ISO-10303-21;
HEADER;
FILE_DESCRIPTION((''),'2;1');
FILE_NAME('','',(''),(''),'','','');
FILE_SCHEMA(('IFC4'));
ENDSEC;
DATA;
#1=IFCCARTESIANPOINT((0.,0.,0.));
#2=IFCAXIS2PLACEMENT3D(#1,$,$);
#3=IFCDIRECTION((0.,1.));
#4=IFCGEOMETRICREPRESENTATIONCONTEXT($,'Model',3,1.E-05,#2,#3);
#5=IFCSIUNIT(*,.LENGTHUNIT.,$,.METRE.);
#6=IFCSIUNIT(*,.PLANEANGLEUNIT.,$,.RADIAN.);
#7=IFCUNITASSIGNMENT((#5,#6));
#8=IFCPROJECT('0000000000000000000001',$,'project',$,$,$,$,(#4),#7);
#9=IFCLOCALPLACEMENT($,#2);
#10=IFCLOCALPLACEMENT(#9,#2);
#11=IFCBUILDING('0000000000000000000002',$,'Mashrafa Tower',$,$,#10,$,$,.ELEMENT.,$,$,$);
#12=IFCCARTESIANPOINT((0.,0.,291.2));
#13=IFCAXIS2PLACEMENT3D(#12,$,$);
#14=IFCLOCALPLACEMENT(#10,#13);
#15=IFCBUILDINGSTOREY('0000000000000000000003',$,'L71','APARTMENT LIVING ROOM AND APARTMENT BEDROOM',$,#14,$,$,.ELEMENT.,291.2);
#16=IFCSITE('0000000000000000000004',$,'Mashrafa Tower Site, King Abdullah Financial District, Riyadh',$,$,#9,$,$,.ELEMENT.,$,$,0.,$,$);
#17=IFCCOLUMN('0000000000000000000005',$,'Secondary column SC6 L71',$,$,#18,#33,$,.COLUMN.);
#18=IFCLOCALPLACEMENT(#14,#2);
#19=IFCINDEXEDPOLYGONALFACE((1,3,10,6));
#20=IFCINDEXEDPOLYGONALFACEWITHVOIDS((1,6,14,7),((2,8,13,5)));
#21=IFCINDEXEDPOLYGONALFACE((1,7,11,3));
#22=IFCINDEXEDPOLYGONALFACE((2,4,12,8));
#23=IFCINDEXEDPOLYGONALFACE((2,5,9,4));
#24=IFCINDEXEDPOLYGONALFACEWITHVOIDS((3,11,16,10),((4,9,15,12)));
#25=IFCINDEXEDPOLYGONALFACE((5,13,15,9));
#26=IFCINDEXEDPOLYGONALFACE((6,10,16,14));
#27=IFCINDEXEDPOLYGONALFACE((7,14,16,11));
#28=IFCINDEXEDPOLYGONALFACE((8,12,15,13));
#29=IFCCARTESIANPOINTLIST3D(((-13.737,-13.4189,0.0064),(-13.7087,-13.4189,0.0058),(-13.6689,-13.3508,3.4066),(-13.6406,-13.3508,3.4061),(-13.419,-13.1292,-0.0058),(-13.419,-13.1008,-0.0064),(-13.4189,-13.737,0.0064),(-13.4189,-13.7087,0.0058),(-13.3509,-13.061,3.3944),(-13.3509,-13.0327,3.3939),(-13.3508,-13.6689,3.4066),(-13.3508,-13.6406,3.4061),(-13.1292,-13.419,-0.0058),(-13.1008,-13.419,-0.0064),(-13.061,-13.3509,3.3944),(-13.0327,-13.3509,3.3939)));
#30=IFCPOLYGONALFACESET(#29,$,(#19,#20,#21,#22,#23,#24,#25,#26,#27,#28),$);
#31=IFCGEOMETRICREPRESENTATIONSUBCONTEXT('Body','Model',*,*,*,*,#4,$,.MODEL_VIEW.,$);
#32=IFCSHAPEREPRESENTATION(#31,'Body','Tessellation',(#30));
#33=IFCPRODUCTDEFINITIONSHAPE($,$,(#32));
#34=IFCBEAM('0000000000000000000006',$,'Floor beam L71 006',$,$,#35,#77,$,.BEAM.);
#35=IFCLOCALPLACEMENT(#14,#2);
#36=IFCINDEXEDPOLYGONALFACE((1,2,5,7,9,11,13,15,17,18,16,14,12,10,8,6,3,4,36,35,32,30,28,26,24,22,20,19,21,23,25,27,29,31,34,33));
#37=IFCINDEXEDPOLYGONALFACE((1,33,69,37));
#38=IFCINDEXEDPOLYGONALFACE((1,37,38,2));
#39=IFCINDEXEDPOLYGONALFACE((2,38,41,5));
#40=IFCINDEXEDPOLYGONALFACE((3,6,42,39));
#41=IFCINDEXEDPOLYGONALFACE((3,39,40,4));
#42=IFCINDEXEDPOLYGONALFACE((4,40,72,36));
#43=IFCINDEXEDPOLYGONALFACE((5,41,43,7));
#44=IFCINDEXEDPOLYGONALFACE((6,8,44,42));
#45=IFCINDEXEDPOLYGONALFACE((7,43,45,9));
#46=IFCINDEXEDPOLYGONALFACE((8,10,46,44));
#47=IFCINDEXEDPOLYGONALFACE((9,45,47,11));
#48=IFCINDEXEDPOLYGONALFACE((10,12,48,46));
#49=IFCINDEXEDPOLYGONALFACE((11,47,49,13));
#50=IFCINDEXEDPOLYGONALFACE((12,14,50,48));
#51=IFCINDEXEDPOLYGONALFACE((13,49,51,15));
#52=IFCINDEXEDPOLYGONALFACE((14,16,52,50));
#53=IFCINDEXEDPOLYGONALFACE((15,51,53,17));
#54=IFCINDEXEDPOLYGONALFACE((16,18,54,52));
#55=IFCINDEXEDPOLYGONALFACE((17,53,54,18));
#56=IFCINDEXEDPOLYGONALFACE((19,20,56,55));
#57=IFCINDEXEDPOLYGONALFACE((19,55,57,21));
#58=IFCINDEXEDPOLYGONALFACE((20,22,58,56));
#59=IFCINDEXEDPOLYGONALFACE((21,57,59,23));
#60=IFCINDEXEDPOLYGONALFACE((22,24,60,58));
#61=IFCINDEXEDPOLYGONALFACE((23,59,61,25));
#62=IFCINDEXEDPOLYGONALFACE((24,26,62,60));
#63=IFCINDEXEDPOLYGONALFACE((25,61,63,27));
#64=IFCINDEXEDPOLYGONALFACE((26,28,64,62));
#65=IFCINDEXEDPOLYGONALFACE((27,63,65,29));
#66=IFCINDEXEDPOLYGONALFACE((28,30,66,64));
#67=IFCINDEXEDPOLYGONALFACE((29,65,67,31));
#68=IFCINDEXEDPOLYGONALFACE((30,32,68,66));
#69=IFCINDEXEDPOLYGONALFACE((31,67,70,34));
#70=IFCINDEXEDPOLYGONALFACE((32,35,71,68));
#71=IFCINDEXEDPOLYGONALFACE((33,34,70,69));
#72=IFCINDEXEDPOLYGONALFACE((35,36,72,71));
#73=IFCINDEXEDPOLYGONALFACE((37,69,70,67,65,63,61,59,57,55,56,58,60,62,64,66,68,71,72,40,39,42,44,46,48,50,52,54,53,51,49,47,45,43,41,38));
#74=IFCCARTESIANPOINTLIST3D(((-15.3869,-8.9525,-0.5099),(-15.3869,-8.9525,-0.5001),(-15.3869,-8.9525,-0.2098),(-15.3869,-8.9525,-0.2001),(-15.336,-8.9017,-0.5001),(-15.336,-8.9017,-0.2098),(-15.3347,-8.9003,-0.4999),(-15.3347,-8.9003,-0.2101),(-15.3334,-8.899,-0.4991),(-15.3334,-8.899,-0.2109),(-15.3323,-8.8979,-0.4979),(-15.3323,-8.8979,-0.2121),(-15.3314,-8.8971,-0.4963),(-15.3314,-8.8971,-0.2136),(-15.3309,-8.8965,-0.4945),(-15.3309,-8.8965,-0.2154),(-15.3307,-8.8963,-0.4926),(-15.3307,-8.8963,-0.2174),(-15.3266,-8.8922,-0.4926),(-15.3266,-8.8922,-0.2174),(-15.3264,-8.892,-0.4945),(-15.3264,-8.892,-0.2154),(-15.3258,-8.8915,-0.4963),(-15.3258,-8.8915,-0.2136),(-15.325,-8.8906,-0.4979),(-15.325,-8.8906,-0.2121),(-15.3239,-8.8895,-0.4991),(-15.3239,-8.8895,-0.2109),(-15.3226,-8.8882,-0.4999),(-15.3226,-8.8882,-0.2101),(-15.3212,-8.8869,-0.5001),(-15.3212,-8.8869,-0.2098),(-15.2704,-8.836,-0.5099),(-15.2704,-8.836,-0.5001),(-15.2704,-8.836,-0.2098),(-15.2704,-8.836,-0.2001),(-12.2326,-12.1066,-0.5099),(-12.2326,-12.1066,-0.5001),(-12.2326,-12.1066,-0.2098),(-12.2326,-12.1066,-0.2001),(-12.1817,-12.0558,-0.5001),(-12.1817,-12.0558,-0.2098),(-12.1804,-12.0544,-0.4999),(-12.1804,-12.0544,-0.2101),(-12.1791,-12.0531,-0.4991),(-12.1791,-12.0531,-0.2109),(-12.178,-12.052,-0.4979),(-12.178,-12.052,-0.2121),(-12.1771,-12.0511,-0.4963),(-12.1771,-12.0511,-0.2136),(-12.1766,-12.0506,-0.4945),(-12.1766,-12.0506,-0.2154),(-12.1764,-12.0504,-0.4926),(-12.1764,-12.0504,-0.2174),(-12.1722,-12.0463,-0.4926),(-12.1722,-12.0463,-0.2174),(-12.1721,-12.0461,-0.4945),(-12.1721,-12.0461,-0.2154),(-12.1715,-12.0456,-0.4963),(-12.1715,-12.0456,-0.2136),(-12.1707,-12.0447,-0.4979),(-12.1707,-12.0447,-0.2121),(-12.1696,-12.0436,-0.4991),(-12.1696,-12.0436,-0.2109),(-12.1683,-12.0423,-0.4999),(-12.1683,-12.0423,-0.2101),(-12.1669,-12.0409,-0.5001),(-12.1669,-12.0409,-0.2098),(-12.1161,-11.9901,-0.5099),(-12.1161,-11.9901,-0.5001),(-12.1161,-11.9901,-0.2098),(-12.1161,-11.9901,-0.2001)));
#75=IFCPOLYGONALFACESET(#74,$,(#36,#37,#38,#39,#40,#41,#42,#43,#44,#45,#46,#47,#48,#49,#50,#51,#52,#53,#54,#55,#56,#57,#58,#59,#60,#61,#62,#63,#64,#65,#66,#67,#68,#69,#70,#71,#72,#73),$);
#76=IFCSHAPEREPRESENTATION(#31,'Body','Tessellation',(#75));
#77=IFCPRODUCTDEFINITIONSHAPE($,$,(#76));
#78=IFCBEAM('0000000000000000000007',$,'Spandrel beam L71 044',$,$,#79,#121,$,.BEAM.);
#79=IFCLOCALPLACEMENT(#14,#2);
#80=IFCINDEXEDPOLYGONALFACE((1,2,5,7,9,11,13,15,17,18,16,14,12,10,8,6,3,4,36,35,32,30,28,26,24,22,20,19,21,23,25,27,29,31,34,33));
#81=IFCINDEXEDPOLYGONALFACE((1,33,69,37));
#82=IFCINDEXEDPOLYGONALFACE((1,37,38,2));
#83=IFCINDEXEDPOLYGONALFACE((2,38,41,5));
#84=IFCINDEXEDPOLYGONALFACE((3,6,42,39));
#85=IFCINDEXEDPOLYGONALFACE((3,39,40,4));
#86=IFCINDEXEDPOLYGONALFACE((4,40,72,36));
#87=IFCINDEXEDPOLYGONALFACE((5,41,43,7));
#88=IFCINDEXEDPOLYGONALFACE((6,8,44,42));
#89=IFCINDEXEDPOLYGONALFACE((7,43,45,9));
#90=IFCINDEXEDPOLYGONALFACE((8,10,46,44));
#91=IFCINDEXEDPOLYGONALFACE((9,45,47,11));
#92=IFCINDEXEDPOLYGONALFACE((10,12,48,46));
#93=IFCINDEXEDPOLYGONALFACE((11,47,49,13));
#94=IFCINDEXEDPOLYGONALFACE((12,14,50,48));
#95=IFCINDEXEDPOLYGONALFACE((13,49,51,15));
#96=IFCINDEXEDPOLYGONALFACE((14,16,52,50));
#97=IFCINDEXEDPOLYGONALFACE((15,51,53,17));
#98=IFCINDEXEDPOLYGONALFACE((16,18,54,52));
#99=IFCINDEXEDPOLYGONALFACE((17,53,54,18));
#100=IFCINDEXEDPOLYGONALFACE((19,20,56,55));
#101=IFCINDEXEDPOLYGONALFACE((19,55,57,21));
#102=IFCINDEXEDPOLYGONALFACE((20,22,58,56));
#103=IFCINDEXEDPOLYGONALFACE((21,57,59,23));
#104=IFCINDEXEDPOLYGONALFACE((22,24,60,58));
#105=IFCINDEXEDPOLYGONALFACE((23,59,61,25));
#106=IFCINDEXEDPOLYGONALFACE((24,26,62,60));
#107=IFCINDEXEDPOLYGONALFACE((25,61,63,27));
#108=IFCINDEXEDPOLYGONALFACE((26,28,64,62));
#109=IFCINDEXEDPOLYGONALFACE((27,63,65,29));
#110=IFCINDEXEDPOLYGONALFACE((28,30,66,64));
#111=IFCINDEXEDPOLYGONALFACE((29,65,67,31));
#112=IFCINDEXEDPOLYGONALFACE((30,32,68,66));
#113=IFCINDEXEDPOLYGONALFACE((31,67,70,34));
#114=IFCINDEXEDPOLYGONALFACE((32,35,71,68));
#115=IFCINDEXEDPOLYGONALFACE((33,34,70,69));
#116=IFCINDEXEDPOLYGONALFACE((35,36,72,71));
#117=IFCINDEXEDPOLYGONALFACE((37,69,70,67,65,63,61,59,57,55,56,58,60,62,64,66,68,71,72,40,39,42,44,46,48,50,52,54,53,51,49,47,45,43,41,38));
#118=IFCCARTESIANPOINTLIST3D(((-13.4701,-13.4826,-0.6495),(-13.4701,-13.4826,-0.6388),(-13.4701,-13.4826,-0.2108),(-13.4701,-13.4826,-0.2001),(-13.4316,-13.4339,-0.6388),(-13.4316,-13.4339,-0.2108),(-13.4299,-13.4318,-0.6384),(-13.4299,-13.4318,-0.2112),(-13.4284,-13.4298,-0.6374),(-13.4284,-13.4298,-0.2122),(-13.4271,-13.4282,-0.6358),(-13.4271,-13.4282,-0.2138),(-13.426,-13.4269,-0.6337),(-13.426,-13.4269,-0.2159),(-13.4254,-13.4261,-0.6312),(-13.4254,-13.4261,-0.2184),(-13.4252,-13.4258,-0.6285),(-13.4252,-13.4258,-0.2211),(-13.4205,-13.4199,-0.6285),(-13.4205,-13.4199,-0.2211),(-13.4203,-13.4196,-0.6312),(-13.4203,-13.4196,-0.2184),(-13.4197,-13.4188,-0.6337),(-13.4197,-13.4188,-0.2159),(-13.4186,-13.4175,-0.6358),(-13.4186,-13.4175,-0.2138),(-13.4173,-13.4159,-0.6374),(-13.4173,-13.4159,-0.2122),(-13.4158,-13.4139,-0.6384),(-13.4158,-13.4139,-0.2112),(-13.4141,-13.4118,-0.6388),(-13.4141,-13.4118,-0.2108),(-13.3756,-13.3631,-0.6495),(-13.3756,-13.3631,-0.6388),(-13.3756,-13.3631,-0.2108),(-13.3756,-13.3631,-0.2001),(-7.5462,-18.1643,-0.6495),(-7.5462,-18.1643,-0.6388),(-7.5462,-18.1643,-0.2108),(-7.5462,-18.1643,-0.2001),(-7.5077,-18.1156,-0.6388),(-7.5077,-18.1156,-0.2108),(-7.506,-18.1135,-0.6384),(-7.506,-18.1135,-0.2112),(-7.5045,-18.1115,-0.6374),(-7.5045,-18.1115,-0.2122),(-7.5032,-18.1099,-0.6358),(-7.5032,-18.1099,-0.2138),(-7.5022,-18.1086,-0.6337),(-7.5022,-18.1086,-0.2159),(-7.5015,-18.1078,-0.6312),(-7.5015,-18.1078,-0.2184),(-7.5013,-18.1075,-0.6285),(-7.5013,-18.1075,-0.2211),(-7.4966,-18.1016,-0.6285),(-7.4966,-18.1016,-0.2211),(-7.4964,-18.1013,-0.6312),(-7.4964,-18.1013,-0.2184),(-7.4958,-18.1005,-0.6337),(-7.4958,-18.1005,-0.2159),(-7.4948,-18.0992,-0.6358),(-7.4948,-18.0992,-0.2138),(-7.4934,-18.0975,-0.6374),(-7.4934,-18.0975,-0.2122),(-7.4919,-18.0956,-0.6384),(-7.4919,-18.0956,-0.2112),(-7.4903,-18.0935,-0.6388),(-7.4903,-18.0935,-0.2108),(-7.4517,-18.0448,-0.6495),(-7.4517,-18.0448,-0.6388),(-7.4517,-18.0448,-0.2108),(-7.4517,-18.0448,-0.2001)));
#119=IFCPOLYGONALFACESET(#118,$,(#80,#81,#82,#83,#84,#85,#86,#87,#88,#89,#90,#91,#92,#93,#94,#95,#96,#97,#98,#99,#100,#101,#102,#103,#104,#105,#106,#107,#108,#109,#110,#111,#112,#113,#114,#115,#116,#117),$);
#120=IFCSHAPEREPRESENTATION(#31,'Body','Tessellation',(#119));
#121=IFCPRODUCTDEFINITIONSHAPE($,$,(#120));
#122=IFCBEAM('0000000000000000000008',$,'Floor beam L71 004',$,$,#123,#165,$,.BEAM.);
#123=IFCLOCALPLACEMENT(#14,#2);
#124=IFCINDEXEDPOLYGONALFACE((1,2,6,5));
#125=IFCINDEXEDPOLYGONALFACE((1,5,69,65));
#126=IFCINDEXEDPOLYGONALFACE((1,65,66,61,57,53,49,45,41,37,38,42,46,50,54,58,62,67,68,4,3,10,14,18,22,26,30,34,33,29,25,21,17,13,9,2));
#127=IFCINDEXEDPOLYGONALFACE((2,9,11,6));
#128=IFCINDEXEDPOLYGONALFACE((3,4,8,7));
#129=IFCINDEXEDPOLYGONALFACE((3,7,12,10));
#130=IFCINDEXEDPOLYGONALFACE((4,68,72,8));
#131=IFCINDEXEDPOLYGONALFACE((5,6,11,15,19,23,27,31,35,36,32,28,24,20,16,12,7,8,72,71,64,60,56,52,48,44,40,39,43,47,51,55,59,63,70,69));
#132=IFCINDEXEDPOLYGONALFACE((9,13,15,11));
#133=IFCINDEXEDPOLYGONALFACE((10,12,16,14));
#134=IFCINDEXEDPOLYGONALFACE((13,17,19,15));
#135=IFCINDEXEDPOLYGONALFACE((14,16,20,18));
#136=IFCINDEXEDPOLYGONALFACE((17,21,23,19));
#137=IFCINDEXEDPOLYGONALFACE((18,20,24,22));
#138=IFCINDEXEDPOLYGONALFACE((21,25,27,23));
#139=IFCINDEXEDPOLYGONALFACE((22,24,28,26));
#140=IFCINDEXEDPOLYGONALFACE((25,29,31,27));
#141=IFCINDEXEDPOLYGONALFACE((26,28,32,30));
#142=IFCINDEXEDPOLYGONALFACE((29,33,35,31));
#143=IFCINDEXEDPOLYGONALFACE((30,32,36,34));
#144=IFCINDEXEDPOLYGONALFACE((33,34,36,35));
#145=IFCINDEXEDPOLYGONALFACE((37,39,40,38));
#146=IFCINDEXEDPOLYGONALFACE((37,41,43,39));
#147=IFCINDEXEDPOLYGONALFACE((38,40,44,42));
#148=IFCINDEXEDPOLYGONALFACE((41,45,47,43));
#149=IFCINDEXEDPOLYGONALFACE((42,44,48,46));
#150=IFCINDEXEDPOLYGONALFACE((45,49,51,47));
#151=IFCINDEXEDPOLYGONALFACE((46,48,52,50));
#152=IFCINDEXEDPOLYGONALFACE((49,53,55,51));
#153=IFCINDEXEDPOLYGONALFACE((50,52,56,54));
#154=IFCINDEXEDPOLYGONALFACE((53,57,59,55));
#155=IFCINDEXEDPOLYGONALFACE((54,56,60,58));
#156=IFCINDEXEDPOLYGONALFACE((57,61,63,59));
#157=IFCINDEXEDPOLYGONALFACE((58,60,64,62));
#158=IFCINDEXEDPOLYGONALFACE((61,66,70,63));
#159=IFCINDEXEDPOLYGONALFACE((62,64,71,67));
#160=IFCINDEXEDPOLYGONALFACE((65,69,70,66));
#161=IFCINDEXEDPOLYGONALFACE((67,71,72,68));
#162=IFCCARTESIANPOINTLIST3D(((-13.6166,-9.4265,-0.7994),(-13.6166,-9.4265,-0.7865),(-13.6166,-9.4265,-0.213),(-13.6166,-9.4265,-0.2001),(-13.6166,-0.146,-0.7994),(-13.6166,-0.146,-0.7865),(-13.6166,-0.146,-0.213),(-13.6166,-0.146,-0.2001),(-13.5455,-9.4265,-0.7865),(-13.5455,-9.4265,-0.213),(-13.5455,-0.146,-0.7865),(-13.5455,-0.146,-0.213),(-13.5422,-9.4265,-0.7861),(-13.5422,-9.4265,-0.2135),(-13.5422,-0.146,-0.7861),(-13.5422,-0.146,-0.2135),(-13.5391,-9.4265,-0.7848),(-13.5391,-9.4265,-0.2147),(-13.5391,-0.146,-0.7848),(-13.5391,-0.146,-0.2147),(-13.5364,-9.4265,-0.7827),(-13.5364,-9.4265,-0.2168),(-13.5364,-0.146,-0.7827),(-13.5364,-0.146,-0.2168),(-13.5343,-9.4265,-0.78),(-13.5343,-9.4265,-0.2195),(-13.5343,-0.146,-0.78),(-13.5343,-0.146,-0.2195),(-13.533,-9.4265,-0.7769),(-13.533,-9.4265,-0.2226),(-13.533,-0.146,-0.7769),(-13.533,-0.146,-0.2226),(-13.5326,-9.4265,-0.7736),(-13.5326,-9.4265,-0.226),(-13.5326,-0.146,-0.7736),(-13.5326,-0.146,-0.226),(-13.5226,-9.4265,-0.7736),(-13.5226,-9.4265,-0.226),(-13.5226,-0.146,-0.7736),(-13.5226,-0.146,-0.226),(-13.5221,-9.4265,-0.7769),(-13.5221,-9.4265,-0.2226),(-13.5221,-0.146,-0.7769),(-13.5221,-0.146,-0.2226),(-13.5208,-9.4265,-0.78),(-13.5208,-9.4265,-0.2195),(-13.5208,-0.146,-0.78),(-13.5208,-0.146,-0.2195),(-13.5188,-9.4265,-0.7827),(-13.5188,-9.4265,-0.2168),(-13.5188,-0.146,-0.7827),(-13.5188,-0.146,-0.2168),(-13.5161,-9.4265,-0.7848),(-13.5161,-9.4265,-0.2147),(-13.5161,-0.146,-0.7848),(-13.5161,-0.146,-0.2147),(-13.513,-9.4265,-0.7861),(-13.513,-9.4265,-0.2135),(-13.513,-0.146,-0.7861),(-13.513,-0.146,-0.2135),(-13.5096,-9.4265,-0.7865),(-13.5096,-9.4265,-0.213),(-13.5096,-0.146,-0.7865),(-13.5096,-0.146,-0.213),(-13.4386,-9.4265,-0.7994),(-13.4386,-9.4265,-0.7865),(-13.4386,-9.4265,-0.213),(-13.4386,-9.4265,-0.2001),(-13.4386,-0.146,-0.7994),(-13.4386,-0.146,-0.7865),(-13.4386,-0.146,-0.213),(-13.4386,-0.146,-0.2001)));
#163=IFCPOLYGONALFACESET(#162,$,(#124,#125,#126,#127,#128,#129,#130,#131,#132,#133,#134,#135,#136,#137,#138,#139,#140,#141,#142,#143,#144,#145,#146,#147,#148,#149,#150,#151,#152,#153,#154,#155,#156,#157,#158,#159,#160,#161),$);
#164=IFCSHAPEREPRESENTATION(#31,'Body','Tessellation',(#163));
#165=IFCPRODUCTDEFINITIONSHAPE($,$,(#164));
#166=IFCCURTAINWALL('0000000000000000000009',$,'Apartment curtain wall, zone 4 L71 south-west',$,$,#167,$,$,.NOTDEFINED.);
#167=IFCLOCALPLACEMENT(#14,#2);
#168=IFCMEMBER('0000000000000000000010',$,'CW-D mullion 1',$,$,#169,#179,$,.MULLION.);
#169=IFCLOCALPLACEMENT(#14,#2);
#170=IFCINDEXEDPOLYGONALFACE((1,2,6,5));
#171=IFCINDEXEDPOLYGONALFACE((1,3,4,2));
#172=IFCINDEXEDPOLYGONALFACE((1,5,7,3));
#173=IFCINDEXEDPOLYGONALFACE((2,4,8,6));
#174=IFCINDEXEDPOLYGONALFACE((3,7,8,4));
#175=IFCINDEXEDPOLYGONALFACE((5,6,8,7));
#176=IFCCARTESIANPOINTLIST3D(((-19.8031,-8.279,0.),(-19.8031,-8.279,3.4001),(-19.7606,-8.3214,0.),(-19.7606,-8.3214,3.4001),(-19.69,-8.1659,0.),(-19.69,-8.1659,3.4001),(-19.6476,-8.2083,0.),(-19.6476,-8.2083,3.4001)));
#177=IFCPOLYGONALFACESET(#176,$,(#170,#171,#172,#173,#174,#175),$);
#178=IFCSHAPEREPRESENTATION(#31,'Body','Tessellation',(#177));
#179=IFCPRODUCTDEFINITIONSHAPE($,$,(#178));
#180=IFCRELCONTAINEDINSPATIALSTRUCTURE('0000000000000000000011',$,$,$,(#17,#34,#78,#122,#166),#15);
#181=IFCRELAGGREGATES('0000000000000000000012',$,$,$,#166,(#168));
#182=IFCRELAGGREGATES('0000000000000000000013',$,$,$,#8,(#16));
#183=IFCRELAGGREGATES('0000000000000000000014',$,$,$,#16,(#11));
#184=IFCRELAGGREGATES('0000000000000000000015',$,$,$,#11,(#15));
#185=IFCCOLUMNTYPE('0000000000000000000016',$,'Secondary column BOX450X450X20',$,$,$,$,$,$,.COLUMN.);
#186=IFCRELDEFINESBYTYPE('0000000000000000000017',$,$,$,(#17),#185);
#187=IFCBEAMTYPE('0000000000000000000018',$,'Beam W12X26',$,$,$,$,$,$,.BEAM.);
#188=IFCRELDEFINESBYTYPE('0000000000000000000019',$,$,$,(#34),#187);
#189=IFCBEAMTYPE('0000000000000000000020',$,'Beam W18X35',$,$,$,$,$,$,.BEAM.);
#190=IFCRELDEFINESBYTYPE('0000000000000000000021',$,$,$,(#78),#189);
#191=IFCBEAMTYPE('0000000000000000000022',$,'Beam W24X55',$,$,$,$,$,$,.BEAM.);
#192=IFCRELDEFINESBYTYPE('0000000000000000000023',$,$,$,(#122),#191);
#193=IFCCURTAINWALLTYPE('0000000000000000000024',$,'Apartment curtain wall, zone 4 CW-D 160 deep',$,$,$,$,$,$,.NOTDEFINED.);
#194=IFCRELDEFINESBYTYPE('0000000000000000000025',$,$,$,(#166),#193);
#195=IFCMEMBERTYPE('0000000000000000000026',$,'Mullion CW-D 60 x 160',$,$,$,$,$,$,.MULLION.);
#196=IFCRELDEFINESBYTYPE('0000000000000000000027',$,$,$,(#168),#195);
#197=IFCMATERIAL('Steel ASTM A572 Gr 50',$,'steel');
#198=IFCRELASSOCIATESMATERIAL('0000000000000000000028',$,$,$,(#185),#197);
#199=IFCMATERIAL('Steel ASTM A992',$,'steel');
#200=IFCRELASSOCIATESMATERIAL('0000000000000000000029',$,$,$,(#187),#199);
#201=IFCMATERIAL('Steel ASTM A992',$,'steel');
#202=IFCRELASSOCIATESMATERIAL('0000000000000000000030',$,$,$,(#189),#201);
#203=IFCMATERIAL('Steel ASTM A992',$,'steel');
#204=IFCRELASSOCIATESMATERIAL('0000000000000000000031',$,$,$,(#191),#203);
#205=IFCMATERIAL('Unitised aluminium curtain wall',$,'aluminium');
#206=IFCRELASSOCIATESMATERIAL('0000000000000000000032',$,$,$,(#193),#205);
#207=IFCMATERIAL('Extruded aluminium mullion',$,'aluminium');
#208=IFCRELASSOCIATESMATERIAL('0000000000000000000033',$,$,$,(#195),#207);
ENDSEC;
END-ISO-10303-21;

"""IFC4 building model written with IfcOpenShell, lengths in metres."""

from ifc_helpers import new_model, si_unit, direction, frame, origin, origin_2d, place, context, subcontext, project, spatial, rectangle, hollow_rectangle, i_section, extrude, source, transform, mapped, material, material_profile, profile_set, type_object, type_shapes, element, aggregate, save


model = new_model("IFC4")

# Units and contexts
model_context = context("Model", 3, precision=1e-05, world=origin(), true_north=direction((0.0, 1.0)))
body_context = subcontext(model_context, "Body", "Model", "MODEL_VIEW")
ifc_project = project(units=[si_unit("LENGTHUNIT", "METRE"), si_unit("PLANEANGLEUNIT", "RADIAN")], contexts=[model_context])

# Site, building, storey
site_placement = place(None, origin())
site = spatial("IfcSite", under=ifc_project, at=site_placement, Name="Mashrafa Tower Site, King Abdullah Financial District, Riyadh", CompositionType="ELEMENT", RefElevation=0.0)
building_placement = place(site_placement, origin())
building = spatial("IfcBuilding", under=site, at=building_placement, Name="Mashrafa Tower", CompositionType="ELEMENT")
storey_placement = place(building_placement, frame((0.0, 0.0, 291.2)))
storey = spatial("IfcBuildingStorey", under=building, at=storey_placement, Name="L71", Description="APARTMENT LIVING ROOM AND APARTMENT BEDROOM", CompositionType="ELEMENT", Elevation=291.2)

# Column
ifc_material_1 = material(Name="Steel ASTM A572 Gr 50", Category="steel")
ifc_material_profile_1 = material_profile(ifc_material_1, hollow_rectangle(XDim=0.45, YDim=0.45, WallThickness=0.02, at=origin_2d()), Name="BOX450X450X20")
ifc_profile_set_1 = profile_set([ifc_material_profile_1], Name="Steel ASTM A572 Gr 50")
column_type = type_object("IfcColumnType", Name="Secondary column BOX450X450X20", PredefinedType="COLUMN", material=ifc_profile_set_1)
column_placement = place(storey_placement, frame((-13.4189, -13.4189, 0.0), z_axis=(0.020025, 0.020025, 0.999599), x_axis=(-0.707107, 0.707107, 0.0)))
element("IfcColumn", 1, at=column_placement, inside=storey, type_object=column_type, Name="Secondary column SC6 L71", PredefinedType="COLUMN", context=body_context, shape_type="SweptSolid", body=[
    extrude(hollow_rectangle(XDim=0.45, YDim=0.45, WallThickness=0.02, at=origin_2d()), origin(), (0.0, 0.0, 1.0), 3.4016),
])

# Beams
ifc_material_2 = material(Name="Steel ASTM A992", Category="steel")
ifc_material_profile_2 = material_profile(ifc_material_2, i_section(OverallWidth=0.1648, OverallDepth=0.3098, WebThickness=0.0059, FlangeThickness=0.0098, FilletRadius=0.0076, at=origin_2d()), Name="W12X26")
ifc_profile_set_2 = profile_set([ifc_material_profile_2], Name="Steel ASTM A992")
beam_type_1 = type_object("IfcBeamType", Name="Beam W12X26", PredefinedType="BEAM", material=ifc_profile_set_2)
beam_1_placement = place(storey_placement, frame((-12.1743, -12.0483, -0.355), z_axis=(-0.707134, 0.707079, 0.0), x_axis=(-0.707079, -0.707134, 0.0)))
element("IfcBeam", 2, at=beam_1_placement, inside=storey, type_object=beam_type_1, Name="Floor beam L71 006", PredefinedType="BEAM", context=body_context, shape_type="SweptSolid", body=[
    extrude(i_section(OverallWidth=0.1648, OverallDepth=0.3098, WebThickness=0.0059, FlangeThickness=0.0098, FilletRadius=0.0076, at=origin_2d()), origin(), (0.0, 0.0, 1.0), 4.4607),
])
ifc_material_3 = material(Name="Steel ASTM A992", Category="steel")
ifc_material_profile_3 = material_profile(ifc_material_3, i_section(OverallWidth=0.1523, OverallDepth=0.4495, WebThickness=0.0076, FlangeThickness=0.0107, FilletRadius=0.0103, at=origin_2d()), Name="W18X35")
ifc_profile_set_3 = profile_set([ifc_material_profile_3], Name="Steel ASTM A992")
beam_type_2 = type_object("IfcBeamType", Name="Beam W18X35", PredefinedType="BEAM", material=ifc_profile_set_3)
beam_2_placement = place(storey_placement, frame((-13.4229, -13.4229, -0.4248), z_axis=(0.784565, -0.620047, 0.0), x_axis=(0.620047, 0.784565, 0.0)))
element("IfcBeam", 3, at=beam_2_placement, inside=storey, type_object=beam_type_2, Name="Spandrel beam L71 044", PredefinedType="BEAM", context=body_context, shape_type="SweptSolid", body=[
    extrude(i_section(OverallWidth=0.1523, OverallDepth=0.4495, WebThickness=0.0076, FlangeThickness=0.0107, FilletRadius=0.0103, at=origin_2d()), origin(), (0.0, 0.0, 1.0), 7.5505),
])
ifc_material_4 = material(Name="Steel ASTM A992", Category="steel")
ifc_material_profile_4 = material_profile(ifc_material_4, i_section(OverallWidth=0.178, OverallDepth=0.5994, WebThickness=0.01, FlangeThickness=0.0129, FilletRadius=0.0129, at=origin_2d()), Name="W24X55")
ifc_profile_set_4 = profile_set([ifc_material_profile_4], Name="Steel ASTM A992")
beam_type_3 = type_object("IfcBeamType", Name="Beam W24X55", PredefinedType="BEAM", material=ifc_profile_set_4)
beam_3_placement = place(storey_placement, frame((-13.5276, -9.4265, -0.4998), z_axis=(0.0, 1.0, 0.0), x_axis=(-1.0, 0.0, 0.0)))
element("IfcBeam", 4, at=beam_3_placement, inside=storey, type_object=beam_type_3, Name="Floor beam L71 004", PredefinedType="BEAM", context=body_context, shape_type="SweptSolid", body=[
    extrude(i_section(OverallWidth=0.178, OverallDepth=0.5994, WebThickness=0.01, FlangeThickness=0.0129, FilletRadius=0.0129, at=origin_2d()), origin(), (0.0, 0.0, 1.0), 9.2805),
])

# Curtain wall, member
ifc_material_5 = material(Name="Unitised aluminium curtain wall", Category="aluminium")
curtain_wall_type = type_object("IfcCurtainWallType", Name="Apartment curtain wall, zone 4 CW-D 160 deep", PredefinedType="NOTDEFINED", material=ifc_material_5)
curtain_wall_placement = place(storey_placement, origin())
curtain_wall = element("IfcCurtainWall", 5, at=curtain_wall_placement, inside=storey, type_object=curtain_wall_type, Name="Apartment curtain wall, zone 4 L71 south-west", PredefinedType="NOTDEFINED")
ifc_material_6 = material(Name="Extruded aluminium mullion", Category="aluminium")
ifc_material_profile_5 = material_profile(ifc_material_6, rectangle(XDim=0.1599, YDim=0.0601, at=origin_2d()), Name="Mullion 60x160")
ifc_profile_set_5 = profile_set([ifc_material_profile_5], Name="Extruded aluminium mullion")
member_type_1 = type_object("IfcMemberType", Name="Mullion CW-D 60 x 160", PredefinedType="MULLION", material=ifc_profile_set_5)
shared_shape_1 = source(origin(), body_context, "Body", "SweptSolid", [
    extrude(rectangle(XDim=0.1599, YDim=0.0601, at=origin_2d()), origin(), (0.0, 0.0, 1.0), 3.4001),
])
type_shapes(member_type_1, [shared_shape_1])
member_1_placement = place(storey_placement, frame((-19.7253, -8.2437, 0.0), z_axis=(0.0, 0.0, 1.0), x_axis=(0.707107, 0.707107, 0.0)))
member_1 = element("IfcMember", 6, at=member_1_placement, type_object=member_type_1, Name="CW-D mullion 1", PredefinedType="MULLION", context=body_context, shape_type="MappedRepresentation", body=[
    mapped(shared_shape_1, transform((0.0, 0.0, 0.0))),
])
aggregate(curtain_wall, [member_1])

save(model, "model.ifc")
